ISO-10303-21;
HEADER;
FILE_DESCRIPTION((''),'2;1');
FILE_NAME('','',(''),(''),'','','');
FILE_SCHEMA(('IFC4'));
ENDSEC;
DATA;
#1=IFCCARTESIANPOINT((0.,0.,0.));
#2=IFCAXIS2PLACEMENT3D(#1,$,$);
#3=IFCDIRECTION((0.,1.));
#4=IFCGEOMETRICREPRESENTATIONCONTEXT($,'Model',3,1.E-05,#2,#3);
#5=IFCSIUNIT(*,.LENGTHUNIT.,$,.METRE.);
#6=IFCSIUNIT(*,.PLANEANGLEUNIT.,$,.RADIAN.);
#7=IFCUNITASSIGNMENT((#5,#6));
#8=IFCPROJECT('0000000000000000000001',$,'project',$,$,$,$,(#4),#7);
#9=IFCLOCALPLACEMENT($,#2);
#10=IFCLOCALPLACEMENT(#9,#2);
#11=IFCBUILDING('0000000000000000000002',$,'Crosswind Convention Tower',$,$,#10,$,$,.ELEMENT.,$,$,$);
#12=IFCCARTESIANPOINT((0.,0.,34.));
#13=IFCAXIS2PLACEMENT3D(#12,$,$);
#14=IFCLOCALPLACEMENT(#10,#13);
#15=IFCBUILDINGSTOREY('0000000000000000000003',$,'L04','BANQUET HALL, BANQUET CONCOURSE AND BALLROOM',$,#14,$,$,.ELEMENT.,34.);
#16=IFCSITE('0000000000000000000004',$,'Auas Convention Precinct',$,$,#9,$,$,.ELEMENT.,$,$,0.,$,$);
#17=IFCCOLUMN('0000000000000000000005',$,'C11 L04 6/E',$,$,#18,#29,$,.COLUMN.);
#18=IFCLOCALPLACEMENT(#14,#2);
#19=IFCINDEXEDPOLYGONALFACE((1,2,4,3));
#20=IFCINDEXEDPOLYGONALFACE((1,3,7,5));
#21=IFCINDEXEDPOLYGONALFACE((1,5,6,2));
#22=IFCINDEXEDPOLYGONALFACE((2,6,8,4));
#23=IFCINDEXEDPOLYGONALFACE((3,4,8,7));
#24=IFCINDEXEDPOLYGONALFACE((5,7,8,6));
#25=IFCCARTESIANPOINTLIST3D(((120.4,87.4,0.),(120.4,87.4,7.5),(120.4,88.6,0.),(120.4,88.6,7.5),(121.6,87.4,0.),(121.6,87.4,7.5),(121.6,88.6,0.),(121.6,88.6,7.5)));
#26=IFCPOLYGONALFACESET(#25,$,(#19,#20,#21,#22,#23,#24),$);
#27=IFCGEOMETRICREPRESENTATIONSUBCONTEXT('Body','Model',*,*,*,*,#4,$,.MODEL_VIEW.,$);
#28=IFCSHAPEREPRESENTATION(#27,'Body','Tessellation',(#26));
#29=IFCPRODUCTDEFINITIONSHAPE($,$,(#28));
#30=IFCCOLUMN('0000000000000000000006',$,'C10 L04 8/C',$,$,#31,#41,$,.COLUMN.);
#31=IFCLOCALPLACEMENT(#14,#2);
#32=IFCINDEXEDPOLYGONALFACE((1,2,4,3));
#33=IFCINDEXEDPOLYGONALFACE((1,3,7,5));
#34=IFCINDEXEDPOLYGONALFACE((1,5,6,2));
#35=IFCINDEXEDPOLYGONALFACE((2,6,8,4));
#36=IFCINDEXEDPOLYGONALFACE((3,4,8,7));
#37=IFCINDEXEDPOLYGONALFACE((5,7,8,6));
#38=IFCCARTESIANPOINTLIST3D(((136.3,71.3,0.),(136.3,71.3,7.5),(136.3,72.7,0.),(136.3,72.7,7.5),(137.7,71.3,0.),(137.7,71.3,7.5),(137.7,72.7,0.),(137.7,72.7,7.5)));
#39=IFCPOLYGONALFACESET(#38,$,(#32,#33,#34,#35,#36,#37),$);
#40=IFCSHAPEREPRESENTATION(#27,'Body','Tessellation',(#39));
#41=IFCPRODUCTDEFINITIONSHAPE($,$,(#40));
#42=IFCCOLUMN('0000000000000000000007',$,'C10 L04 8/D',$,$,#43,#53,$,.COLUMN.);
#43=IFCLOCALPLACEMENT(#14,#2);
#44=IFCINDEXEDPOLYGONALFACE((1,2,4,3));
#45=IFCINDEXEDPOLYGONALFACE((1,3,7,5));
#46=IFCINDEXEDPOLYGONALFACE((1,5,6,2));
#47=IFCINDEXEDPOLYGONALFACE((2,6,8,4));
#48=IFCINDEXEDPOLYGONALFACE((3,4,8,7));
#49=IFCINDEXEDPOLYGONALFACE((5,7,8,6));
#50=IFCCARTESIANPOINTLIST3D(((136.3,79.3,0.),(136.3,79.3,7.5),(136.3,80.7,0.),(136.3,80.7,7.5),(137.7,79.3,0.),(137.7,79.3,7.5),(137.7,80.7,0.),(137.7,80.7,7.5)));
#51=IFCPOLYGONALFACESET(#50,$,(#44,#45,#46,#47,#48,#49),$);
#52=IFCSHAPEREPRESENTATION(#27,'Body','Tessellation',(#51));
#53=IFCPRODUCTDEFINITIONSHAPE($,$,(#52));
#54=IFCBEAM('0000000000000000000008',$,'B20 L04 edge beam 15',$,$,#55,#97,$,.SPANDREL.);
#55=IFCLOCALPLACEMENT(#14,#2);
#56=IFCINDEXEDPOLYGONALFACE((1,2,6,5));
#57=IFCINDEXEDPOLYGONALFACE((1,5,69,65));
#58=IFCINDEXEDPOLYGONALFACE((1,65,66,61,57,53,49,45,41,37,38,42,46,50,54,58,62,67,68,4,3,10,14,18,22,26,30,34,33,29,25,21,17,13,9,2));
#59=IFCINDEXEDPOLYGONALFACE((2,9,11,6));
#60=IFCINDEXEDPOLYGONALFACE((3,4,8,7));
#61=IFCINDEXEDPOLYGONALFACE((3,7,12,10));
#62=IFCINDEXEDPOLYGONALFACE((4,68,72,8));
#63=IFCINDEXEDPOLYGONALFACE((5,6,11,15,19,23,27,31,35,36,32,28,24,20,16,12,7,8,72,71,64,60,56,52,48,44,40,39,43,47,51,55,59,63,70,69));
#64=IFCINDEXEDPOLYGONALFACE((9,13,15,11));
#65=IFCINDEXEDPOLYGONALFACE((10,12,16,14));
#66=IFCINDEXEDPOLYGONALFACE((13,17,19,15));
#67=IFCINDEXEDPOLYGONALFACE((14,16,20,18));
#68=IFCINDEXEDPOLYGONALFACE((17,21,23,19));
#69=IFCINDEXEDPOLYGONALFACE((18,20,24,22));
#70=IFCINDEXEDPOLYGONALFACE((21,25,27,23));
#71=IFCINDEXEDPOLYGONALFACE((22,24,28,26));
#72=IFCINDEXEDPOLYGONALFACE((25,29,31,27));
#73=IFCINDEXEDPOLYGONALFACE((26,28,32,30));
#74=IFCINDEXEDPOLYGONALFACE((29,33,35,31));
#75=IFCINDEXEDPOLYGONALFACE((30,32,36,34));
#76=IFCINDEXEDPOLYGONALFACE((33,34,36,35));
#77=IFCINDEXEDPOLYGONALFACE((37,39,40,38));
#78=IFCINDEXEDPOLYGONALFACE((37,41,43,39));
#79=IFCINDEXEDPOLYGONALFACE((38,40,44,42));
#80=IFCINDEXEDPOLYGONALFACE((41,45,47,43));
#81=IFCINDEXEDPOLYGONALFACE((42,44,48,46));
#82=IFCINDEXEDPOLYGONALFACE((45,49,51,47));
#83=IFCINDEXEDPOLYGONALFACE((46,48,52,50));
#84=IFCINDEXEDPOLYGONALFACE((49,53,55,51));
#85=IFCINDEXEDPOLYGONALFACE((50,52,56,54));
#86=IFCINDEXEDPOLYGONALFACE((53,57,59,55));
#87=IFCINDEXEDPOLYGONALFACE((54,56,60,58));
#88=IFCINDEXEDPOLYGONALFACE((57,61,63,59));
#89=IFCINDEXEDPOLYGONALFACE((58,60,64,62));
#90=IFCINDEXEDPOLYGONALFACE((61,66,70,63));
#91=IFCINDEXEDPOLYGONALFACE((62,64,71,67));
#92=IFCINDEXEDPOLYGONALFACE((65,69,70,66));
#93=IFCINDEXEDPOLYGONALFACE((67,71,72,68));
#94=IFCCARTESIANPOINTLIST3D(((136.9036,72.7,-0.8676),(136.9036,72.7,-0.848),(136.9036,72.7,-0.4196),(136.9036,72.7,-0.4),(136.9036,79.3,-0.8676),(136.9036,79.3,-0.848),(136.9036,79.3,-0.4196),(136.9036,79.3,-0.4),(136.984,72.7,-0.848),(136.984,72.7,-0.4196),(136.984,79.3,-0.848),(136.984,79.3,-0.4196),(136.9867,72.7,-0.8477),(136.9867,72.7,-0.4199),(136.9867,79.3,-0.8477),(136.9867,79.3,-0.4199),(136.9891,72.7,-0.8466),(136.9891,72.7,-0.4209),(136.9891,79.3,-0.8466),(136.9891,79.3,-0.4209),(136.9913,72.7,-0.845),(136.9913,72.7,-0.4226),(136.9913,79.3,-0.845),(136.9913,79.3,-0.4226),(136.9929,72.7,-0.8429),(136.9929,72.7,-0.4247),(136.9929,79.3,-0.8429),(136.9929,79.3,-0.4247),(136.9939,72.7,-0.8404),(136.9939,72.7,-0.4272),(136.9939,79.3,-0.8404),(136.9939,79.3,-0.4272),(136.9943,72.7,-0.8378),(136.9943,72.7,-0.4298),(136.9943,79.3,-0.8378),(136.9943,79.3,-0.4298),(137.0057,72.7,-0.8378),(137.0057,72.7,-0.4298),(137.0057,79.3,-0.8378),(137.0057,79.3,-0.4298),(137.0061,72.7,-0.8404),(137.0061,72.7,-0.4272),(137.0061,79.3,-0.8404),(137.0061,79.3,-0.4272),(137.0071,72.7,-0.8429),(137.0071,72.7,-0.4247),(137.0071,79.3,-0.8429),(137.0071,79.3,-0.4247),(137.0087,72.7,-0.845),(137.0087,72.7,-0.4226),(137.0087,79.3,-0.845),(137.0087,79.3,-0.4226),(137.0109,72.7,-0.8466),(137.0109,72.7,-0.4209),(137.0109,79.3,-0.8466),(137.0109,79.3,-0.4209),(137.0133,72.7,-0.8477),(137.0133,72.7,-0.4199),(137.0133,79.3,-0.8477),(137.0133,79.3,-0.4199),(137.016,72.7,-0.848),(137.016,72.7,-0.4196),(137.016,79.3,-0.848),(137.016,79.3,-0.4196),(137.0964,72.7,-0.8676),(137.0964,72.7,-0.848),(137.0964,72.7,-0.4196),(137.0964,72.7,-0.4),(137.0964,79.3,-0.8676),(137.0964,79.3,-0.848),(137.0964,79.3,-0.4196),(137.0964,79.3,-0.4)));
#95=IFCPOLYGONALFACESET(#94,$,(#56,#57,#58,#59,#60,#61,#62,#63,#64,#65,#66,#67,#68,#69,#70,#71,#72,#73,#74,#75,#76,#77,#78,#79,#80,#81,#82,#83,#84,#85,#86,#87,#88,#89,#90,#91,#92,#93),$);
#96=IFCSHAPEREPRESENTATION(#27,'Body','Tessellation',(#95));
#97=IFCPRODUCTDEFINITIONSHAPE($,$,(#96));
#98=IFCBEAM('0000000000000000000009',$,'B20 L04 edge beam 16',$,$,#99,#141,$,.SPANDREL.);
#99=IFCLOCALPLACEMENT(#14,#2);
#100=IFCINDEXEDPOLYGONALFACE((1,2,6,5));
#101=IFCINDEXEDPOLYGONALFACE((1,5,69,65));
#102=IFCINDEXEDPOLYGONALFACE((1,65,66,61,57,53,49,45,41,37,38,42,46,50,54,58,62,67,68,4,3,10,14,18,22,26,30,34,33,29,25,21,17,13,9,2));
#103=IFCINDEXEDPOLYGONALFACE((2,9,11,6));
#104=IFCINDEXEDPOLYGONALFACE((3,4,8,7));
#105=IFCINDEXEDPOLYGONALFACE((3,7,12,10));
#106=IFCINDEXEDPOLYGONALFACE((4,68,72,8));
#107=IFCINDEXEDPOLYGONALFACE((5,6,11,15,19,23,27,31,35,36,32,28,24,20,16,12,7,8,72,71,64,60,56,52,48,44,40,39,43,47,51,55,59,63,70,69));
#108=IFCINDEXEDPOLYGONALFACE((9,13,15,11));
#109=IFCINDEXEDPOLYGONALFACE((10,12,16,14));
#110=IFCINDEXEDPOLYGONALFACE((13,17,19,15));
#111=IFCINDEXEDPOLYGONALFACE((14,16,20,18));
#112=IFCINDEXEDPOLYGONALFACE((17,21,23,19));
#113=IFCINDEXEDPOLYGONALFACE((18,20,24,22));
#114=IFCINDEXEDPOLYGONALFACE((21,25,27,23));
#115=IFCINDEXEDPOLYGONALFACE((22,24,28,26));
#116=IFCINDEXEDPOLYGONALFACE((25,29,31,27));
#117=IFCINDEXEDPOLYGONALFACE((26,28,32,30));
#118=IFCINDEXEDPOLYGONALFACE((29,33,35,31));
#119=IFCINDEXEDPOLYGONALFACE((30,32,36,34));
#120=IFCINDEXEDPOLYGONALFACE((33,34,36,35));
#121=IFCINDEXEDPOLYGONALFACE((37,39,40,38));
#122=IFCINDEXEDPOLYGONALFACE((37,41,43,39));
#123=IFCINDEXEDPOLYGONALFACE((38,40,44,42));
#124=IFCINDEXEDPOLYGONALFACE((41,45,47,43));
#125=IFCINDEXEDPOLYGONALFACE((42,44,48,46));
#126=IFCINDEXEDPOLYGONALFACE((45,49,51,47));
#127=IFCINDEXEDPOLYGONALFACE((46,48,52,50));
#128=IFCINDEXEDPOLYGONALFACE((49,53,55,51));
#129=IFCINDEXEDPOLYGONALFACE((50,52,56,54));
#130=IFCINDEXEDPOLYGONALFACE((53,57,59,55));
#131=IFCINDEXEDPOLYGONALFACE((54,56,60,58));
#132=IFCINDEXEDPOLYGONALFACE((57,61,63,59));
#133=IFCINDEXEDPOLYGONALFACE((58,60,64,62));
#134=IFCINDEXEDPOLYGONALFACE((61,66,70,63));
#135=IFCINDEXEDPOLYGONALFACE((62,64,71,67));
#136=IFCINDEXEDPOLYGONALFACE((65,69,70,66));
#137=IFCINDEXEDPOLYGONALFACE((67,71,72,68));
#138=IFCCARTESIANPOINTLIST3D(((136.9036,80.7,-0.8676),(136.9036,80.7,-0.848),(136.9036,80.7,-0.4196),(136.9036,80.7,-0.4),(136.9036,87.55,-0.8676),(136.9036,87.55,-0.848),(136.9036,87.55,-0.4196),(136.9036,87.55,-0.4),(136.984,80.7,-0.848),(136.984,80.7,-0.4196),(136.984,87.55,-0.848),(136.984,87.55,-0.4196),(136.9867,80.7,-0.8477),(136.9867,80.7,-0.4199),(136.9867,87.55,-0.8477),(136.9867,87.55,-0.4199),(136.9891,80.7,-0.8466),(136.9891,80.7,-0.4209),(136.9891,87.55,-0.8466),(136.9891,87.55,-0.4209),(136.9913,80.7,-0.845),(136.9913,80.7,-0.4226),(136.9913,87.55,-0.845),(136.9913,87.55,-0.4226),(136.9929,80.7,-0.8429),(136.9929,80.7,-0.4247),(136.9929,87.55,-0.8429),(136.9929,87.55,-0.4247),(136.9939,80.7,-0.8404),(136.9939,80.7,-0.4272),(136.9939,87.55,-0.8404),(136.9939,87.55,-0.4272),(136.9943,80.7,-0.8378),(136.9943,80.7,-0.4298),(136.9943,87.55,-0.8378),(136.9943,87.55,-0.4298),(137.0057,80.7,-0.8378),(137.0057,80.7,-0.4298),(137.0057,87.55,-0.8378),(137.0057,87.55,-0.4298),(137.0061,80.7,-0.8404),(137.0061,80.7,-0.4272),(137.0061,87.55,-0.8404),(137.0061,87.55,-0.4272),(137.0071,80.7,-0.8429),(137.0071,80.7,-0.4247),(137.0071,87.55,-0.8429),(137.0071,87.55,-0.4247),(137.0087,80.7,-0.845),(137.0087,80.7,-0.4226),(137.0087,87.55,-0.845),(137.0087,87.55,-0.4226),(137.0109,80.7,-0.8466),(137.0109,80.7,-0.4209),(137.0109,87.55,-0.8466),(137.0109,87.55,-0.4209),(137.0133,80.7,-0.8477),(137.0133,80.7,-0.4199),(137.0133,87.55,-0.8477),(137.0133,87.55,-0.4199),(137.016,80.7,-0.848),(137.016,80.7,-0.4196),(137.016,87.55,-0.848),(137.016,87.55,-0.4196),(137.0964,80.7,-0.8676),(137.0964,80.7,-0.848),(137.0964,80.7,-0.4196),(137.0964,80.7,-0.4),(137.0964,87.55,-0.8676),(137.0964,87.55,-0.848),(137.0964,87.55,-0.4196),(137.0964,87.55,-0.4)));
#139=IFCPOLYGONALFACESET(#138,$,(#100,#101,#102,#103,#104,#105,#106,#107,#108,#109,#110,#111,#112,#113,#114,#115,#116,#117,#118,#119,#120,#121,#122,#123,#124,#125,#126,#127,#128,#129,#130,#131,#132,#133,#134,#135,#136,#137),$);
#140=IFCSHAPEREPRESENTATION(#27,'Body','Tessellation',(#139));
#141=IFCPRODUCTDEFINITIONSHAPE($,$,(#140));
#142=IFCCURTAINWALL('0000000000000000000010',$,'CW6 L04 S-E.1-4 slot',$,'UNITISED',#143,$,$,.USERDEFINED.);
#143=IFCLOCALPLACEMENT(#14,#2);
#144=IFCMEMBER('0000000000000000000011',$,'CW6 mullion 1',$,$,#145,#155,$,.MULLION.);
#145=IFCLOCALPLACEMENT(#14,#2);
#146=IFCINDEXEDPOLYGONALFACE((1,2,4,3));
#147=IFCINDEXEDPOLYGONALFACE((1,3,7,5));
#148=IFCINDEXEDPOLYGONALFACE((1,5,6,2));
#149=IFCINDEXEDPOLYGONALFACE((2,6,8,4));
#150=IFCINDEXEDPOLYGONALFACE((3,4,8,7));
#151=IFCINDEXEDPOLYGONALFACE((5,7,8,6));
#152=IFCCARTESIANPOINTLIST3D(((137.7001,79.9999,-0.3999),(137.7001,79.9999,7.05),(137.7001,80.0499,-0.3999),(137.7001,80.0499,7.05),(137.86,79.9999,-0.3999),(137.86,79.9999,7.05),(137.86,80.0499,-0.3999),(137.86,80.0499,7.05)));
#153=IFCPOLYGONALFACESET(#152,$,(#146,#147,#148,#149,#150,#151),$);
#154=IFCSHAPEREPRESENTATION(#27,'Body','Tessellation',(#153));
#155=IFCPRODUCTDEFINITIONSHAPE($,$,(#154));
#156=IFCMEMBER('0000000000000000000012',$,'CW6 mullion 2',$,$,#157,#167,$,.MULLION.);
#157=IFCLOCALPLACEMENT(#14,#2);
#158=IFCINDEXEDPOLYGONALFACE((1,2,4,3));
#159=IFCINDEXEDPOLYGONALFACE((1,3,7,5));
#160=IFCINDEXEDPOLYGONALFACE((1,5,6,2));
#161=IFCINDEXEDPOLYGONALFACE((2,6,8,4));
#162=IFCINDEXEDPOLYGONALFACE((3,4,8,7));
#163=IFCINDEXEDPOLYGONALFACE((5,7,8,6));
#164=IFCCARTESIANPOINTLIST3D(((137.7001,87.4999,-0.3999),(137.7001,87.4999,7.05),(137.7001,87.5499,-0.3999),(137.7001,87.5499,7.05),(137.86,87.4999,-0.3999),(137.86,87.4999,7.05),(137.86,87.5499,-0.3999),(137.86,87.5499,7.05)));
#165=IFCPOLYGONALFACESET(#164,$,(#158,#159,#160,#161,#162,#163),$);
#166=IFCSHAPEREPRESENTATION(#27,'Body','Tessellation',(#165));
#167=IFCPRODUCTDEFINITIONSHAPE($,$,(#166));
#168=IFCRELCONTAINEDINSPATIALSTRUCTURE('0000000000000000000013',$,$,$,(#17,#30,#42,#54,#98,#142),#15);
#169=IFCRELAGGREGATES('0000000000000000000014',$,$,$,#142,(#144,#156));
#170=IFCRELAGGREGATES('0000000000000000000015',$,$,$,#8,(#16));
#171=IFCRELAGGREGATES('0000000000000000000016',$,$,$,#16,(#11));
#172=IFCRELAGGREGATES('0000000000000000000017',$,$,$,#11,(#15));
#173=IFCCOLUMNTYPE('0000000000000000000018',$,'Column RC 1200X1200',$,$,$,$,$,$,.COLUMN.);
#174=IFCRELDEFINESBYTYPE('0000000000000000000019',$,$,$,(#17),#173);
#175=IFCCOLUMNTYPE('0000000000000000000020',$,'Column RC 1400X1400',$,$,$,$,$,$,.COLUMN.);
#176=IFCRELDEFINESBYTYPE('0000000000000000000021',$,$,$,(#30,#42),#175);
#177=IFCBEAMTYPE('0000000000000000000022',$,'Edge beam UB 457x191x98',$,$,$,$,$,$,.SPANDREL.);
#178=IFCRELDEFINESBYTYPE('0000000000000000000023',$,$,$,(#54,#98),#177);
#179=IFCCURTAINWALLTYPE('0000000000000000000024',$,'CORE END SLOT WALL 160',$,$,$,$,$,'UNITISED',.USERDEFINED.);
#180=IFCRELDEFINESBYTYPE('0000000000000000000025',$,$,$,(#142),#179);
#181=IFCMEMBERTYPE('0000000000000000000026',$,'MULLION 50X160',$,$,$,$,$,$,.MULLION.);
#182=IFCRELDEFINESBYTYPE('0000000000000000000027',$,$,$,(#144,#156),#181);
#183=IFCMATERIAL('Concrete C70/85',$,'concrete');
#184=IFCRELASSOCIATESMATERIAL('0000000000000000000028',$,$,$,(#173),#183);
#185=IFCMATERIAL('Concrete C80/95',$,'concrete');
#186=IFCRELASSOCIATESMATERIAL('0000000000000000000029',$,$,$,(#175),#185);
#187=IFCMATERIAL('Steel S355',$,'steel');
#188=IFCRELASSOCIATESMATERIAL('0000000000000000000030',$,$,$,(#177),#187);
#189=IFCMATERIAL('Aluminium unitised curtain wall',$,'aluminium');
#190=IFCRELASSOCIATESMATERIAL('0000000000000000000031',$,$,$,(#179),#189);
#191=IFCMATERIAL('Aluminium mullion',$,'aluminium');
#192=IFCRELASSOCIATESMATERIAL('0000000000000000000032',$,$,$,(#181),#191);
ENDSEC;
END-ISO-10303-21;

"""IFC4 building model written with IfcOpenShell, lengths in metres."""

from ifc_helpers import new_model, si_unit, direction, frame, origin, origin_2d, place, context, subcontext, project, spatial, rectangle, i_section, extrude, material, material_profile, profile_set, type_object, element, aggregate, save


model = new_model("IFC4")

# Units and contexts
model_context = context("Model", 3, precision=1e-05, world=origin(), true_north=direction((0.0, 1.0)))
body_context = subcontext(model_context, "Body", "Model", "MODEL_VIEW")
ifc_project = project(units=[si_unit("LENGTHUNIT", "METRE"), si_unit("PLANEANGLEUNIT", "RADIAN")], contexts=[model_context])

# Site, building, storey
site_placement = place(None, origin())
site = spatial("IfcSite", under=ifc_project, at=site_placement, Name="Auas Convention Precinct", CompositionType="ELEMENT", RefElevation=0.0)
building_placement = place(site_placement, origin())
building = spatial("IfcBuilding", under=site, at=building_placement, Name="Crosswind Convention Tower", CompositionType="ELEMENT")
storey_placement = place(building_placement, frame((0.0, 0.0, 34.0)))
storey = spatial("IfcBuildingStorey", under=building, at=storey_placement, Name="L04", Description="BANQUET HALL, BANQUET CONCOURSE AND BALLROOM", CompositionType="ELEMENT", Elevation=34.0)

# Columns
ifc_material_1 = material(Name="Concrete C70/85", Category="concrete")
ifc_material_profile_1 = material_profile(ifc_material_1, rectangle(XDim=1.2, YDim=1.2, at=origin_2d()), Name="RC 1200X1200")
ifc_profile_set_1 = profile_set([ifc_material_profile_1], Name="Concrete C70/85")
column_type_1 = type_object("IfcColumnType", Name="Column RC 1200X1200", PredefinedType="COLUMN", material=ifc_profile_set_1)
column_placement = place(storey_placement, frame((121.0, 88.0, 0.0), z_axis=(0.0, 0.0, 1.0), x_axis=(1.0, 0.0, 0.0)))
element("IfcColumn", 1, at=column_placement, inside=storey, type_object=column_type_1, Name="C11 L04 6/E", PredefinedType="COLUMN", context=body_context, shape_type="SweptSolid", body=[
    extrude(rectangle(XDim=1.2, YDim=1.2, at=origin_2d()), origin(), (0.0, 0.0, 1.0), 7.5),
])
ifc_material_2 = material(Name="Concrete C80/95", Category="concrete")
ifc_material_profile_2 = material_profile(ifc_material_2, rectangle(XDim=1.3999, YDim=1.3999, at=origin_2d()), Name="RC 1400X1400")
ifc_profile_set_2 = profile_set([ifc_material_profile_2], Name="Concrete C80/95")
column_type_2 = type_object("IfcColumnType", Name="Column RC 1400X1400", PredefinedType="COLUMN", material=ifc_profile_set_2)
for number, where, z_axis, x_axis, name in (
    (2, (137.0, 72.0, 0.0), (0.0, 0.0, 1.0), (1.0, 0.0, 0.0), "C10 L04 8/C"),
    (3, (137.0, 80.0, 0.0), (0.0, 0.0, 1.0), (1.0, 0.0, 0.0), "C10 L04 8/D"),
):
    element("IfcColumn", number, at=place(storey_placement, frame(where, z_axis=z_axis, x_axis=x_axis)), inside=storey, type_object=column_type_2, Name=name, PredefinedType="COLUMN", context=body_context, shape_type="SweptSolid", body=[
        extrude(rectangle(XDim=1.3999, YDim=1.3999, at=origin_2d()), origin(), (0.0, 0.0, 1.0), 7.5),
    ])

# Beams
ifc_material_3 = material(Name="Steel S355", Category="steel")
ifc_material_profile_3 = material_profile(ifc_material_3, i_section(OverallWidth=0.1929, OverallDepth=0.4675, WebThickness=0.0115, FlangeThickness=0.0195, FilletRadius=0.0103, at=origin_2d()), Name="UB 457x191x98")
ifc_profile_set_3 = profile_set([ifc_material_profile_3], Name="Steel S355")
beam_type_1 = type_object("IfcBeamType", Name="Edge beam UB 457x191x98", PredefinedType="SPANDREL", material=ifc_profile_set_3)
beam_1_placement = place(storey_placement, frame((137.0, 72.7, -0.6338), z_axis=(0.0, 1.0, 0.0), x_axis=(-1.0, 0.0, 0.0)))
element("IfcBeam", 4, at=beam_1_placement, inside=storey, type_object=beam_type_1, Name="B20 L04 edge beam 15", PredefinedType="SPANDREL", context=body_context, shape_type="SweptSolid", body=[
    extrude(i_section(OverallWidth=0.1929, OverallDepth=0.4675, WebThickness=0.0115, FlangeThickness=0.0195, FilletRadius=0.0103, at=origin_2d()), origin(), (0.0, 0.0, 1.0), 6.6001),
])
beam_2_placement = place(storey_placement, frame((137.0, 80.7, -0.6338), z_axis=(0.0, 1.0, 0.0), x_axis=(-1.0, 0.0, 0.0)))
element("IfcBeam", 5, at=beam_2_placement, inside=storey, type_object=beam_type_1, Name="B20 L04 edge beam 16", PredefinedType="SPANDREL", context=body_context, shape_type="SweptSolid", body=[
    extrude(i_section(OverallWidth=0.1929, OverallDepth=0.4675, WebThickness=0.0115, FlangeThickness=0.0195, FilletRadius=0.0103, at=origin_2d()), origin(), (0.0, 0.0, 1.0), 6.8501),
])

# Curtain wall, members
ifc_material_4 = material(Name="Aluminium unitised curtain wall", Category="aluminium")
curtain_wall_type = type_object("IfcCurtainWallType", Name="CORE END SLOT WALL 160", ElementType="UNITISED", PredefinedType="USERDEFINED", material=ifc_material_4)
curtain_wall_placement = place(storey_placement, origin())
curtain_wall = element("IfcCurtainWall", 6, at=curtain_wall_placement, inside=storey, type_object=curtain_wall_type, Name="CW6 L04 S-E.1-4 slot", ObjectType="UNITISED", PredefinedType="USERDEFINED")
ifc_material_5 = material(Name="Aluminium mullion", Category="aluminium")
ifc_material_profile_4 = material_profile(ifc_material_5, rectangle(XDim=0.1599, YDim=0.05, at=origin_2d()), Name="AL 160X50")
ifc_profile_set_4 = profile_set([ifc_material_profile_4], Name="Aluminium mullion")
member_type_1 = type_object("IfcMemberType", Name="MULLION 50X160", PredefinedType="MULLION", material=ifc_profile_set_4)
member_1_placement = place(storey_placement, frame((137.78, 80.0249, -0.3999), z_axis=(0.0, 0.0, 1.0), x_axis=(1.0, 0.0, 0.0)))
member_1 = element("IfcMember", 7, at=member_1_placement, type_object=member_type_1, Name="CW6 mullion 1", PredefinedType="MULLION", context=body_context, shape_type="SweptSolid", body=[
    extrude(rectangle(XDim=0.1599, YDim=0.05, at=origin_2d()), origin(), (0.0, 0.0, 1.0), 7.45),
])
member_2_placement = place(storey_placement, frame((137.78, 87.5249, -0.3999), z_axis=(0.0, 0.0, 1.0), x_axis=(1.0, 0.0, 0.0)))
member_2 = element("IfcMember", 8, at=member_2_placement, type_object=member_type_1, Name="CW6 mullion 2", PredefinedType="MULLION", context=body_context, shape_type="SweptSolid", body=[
    extrude(rectangle(XDim=0.1599, YDim=0.05, at=origin_2d()), origin(), (0.0, 0.0, 1.0), 7.45),
])

aggregate(curtain_wall, [member_1, member_2])

save(model, "model.ifc")
